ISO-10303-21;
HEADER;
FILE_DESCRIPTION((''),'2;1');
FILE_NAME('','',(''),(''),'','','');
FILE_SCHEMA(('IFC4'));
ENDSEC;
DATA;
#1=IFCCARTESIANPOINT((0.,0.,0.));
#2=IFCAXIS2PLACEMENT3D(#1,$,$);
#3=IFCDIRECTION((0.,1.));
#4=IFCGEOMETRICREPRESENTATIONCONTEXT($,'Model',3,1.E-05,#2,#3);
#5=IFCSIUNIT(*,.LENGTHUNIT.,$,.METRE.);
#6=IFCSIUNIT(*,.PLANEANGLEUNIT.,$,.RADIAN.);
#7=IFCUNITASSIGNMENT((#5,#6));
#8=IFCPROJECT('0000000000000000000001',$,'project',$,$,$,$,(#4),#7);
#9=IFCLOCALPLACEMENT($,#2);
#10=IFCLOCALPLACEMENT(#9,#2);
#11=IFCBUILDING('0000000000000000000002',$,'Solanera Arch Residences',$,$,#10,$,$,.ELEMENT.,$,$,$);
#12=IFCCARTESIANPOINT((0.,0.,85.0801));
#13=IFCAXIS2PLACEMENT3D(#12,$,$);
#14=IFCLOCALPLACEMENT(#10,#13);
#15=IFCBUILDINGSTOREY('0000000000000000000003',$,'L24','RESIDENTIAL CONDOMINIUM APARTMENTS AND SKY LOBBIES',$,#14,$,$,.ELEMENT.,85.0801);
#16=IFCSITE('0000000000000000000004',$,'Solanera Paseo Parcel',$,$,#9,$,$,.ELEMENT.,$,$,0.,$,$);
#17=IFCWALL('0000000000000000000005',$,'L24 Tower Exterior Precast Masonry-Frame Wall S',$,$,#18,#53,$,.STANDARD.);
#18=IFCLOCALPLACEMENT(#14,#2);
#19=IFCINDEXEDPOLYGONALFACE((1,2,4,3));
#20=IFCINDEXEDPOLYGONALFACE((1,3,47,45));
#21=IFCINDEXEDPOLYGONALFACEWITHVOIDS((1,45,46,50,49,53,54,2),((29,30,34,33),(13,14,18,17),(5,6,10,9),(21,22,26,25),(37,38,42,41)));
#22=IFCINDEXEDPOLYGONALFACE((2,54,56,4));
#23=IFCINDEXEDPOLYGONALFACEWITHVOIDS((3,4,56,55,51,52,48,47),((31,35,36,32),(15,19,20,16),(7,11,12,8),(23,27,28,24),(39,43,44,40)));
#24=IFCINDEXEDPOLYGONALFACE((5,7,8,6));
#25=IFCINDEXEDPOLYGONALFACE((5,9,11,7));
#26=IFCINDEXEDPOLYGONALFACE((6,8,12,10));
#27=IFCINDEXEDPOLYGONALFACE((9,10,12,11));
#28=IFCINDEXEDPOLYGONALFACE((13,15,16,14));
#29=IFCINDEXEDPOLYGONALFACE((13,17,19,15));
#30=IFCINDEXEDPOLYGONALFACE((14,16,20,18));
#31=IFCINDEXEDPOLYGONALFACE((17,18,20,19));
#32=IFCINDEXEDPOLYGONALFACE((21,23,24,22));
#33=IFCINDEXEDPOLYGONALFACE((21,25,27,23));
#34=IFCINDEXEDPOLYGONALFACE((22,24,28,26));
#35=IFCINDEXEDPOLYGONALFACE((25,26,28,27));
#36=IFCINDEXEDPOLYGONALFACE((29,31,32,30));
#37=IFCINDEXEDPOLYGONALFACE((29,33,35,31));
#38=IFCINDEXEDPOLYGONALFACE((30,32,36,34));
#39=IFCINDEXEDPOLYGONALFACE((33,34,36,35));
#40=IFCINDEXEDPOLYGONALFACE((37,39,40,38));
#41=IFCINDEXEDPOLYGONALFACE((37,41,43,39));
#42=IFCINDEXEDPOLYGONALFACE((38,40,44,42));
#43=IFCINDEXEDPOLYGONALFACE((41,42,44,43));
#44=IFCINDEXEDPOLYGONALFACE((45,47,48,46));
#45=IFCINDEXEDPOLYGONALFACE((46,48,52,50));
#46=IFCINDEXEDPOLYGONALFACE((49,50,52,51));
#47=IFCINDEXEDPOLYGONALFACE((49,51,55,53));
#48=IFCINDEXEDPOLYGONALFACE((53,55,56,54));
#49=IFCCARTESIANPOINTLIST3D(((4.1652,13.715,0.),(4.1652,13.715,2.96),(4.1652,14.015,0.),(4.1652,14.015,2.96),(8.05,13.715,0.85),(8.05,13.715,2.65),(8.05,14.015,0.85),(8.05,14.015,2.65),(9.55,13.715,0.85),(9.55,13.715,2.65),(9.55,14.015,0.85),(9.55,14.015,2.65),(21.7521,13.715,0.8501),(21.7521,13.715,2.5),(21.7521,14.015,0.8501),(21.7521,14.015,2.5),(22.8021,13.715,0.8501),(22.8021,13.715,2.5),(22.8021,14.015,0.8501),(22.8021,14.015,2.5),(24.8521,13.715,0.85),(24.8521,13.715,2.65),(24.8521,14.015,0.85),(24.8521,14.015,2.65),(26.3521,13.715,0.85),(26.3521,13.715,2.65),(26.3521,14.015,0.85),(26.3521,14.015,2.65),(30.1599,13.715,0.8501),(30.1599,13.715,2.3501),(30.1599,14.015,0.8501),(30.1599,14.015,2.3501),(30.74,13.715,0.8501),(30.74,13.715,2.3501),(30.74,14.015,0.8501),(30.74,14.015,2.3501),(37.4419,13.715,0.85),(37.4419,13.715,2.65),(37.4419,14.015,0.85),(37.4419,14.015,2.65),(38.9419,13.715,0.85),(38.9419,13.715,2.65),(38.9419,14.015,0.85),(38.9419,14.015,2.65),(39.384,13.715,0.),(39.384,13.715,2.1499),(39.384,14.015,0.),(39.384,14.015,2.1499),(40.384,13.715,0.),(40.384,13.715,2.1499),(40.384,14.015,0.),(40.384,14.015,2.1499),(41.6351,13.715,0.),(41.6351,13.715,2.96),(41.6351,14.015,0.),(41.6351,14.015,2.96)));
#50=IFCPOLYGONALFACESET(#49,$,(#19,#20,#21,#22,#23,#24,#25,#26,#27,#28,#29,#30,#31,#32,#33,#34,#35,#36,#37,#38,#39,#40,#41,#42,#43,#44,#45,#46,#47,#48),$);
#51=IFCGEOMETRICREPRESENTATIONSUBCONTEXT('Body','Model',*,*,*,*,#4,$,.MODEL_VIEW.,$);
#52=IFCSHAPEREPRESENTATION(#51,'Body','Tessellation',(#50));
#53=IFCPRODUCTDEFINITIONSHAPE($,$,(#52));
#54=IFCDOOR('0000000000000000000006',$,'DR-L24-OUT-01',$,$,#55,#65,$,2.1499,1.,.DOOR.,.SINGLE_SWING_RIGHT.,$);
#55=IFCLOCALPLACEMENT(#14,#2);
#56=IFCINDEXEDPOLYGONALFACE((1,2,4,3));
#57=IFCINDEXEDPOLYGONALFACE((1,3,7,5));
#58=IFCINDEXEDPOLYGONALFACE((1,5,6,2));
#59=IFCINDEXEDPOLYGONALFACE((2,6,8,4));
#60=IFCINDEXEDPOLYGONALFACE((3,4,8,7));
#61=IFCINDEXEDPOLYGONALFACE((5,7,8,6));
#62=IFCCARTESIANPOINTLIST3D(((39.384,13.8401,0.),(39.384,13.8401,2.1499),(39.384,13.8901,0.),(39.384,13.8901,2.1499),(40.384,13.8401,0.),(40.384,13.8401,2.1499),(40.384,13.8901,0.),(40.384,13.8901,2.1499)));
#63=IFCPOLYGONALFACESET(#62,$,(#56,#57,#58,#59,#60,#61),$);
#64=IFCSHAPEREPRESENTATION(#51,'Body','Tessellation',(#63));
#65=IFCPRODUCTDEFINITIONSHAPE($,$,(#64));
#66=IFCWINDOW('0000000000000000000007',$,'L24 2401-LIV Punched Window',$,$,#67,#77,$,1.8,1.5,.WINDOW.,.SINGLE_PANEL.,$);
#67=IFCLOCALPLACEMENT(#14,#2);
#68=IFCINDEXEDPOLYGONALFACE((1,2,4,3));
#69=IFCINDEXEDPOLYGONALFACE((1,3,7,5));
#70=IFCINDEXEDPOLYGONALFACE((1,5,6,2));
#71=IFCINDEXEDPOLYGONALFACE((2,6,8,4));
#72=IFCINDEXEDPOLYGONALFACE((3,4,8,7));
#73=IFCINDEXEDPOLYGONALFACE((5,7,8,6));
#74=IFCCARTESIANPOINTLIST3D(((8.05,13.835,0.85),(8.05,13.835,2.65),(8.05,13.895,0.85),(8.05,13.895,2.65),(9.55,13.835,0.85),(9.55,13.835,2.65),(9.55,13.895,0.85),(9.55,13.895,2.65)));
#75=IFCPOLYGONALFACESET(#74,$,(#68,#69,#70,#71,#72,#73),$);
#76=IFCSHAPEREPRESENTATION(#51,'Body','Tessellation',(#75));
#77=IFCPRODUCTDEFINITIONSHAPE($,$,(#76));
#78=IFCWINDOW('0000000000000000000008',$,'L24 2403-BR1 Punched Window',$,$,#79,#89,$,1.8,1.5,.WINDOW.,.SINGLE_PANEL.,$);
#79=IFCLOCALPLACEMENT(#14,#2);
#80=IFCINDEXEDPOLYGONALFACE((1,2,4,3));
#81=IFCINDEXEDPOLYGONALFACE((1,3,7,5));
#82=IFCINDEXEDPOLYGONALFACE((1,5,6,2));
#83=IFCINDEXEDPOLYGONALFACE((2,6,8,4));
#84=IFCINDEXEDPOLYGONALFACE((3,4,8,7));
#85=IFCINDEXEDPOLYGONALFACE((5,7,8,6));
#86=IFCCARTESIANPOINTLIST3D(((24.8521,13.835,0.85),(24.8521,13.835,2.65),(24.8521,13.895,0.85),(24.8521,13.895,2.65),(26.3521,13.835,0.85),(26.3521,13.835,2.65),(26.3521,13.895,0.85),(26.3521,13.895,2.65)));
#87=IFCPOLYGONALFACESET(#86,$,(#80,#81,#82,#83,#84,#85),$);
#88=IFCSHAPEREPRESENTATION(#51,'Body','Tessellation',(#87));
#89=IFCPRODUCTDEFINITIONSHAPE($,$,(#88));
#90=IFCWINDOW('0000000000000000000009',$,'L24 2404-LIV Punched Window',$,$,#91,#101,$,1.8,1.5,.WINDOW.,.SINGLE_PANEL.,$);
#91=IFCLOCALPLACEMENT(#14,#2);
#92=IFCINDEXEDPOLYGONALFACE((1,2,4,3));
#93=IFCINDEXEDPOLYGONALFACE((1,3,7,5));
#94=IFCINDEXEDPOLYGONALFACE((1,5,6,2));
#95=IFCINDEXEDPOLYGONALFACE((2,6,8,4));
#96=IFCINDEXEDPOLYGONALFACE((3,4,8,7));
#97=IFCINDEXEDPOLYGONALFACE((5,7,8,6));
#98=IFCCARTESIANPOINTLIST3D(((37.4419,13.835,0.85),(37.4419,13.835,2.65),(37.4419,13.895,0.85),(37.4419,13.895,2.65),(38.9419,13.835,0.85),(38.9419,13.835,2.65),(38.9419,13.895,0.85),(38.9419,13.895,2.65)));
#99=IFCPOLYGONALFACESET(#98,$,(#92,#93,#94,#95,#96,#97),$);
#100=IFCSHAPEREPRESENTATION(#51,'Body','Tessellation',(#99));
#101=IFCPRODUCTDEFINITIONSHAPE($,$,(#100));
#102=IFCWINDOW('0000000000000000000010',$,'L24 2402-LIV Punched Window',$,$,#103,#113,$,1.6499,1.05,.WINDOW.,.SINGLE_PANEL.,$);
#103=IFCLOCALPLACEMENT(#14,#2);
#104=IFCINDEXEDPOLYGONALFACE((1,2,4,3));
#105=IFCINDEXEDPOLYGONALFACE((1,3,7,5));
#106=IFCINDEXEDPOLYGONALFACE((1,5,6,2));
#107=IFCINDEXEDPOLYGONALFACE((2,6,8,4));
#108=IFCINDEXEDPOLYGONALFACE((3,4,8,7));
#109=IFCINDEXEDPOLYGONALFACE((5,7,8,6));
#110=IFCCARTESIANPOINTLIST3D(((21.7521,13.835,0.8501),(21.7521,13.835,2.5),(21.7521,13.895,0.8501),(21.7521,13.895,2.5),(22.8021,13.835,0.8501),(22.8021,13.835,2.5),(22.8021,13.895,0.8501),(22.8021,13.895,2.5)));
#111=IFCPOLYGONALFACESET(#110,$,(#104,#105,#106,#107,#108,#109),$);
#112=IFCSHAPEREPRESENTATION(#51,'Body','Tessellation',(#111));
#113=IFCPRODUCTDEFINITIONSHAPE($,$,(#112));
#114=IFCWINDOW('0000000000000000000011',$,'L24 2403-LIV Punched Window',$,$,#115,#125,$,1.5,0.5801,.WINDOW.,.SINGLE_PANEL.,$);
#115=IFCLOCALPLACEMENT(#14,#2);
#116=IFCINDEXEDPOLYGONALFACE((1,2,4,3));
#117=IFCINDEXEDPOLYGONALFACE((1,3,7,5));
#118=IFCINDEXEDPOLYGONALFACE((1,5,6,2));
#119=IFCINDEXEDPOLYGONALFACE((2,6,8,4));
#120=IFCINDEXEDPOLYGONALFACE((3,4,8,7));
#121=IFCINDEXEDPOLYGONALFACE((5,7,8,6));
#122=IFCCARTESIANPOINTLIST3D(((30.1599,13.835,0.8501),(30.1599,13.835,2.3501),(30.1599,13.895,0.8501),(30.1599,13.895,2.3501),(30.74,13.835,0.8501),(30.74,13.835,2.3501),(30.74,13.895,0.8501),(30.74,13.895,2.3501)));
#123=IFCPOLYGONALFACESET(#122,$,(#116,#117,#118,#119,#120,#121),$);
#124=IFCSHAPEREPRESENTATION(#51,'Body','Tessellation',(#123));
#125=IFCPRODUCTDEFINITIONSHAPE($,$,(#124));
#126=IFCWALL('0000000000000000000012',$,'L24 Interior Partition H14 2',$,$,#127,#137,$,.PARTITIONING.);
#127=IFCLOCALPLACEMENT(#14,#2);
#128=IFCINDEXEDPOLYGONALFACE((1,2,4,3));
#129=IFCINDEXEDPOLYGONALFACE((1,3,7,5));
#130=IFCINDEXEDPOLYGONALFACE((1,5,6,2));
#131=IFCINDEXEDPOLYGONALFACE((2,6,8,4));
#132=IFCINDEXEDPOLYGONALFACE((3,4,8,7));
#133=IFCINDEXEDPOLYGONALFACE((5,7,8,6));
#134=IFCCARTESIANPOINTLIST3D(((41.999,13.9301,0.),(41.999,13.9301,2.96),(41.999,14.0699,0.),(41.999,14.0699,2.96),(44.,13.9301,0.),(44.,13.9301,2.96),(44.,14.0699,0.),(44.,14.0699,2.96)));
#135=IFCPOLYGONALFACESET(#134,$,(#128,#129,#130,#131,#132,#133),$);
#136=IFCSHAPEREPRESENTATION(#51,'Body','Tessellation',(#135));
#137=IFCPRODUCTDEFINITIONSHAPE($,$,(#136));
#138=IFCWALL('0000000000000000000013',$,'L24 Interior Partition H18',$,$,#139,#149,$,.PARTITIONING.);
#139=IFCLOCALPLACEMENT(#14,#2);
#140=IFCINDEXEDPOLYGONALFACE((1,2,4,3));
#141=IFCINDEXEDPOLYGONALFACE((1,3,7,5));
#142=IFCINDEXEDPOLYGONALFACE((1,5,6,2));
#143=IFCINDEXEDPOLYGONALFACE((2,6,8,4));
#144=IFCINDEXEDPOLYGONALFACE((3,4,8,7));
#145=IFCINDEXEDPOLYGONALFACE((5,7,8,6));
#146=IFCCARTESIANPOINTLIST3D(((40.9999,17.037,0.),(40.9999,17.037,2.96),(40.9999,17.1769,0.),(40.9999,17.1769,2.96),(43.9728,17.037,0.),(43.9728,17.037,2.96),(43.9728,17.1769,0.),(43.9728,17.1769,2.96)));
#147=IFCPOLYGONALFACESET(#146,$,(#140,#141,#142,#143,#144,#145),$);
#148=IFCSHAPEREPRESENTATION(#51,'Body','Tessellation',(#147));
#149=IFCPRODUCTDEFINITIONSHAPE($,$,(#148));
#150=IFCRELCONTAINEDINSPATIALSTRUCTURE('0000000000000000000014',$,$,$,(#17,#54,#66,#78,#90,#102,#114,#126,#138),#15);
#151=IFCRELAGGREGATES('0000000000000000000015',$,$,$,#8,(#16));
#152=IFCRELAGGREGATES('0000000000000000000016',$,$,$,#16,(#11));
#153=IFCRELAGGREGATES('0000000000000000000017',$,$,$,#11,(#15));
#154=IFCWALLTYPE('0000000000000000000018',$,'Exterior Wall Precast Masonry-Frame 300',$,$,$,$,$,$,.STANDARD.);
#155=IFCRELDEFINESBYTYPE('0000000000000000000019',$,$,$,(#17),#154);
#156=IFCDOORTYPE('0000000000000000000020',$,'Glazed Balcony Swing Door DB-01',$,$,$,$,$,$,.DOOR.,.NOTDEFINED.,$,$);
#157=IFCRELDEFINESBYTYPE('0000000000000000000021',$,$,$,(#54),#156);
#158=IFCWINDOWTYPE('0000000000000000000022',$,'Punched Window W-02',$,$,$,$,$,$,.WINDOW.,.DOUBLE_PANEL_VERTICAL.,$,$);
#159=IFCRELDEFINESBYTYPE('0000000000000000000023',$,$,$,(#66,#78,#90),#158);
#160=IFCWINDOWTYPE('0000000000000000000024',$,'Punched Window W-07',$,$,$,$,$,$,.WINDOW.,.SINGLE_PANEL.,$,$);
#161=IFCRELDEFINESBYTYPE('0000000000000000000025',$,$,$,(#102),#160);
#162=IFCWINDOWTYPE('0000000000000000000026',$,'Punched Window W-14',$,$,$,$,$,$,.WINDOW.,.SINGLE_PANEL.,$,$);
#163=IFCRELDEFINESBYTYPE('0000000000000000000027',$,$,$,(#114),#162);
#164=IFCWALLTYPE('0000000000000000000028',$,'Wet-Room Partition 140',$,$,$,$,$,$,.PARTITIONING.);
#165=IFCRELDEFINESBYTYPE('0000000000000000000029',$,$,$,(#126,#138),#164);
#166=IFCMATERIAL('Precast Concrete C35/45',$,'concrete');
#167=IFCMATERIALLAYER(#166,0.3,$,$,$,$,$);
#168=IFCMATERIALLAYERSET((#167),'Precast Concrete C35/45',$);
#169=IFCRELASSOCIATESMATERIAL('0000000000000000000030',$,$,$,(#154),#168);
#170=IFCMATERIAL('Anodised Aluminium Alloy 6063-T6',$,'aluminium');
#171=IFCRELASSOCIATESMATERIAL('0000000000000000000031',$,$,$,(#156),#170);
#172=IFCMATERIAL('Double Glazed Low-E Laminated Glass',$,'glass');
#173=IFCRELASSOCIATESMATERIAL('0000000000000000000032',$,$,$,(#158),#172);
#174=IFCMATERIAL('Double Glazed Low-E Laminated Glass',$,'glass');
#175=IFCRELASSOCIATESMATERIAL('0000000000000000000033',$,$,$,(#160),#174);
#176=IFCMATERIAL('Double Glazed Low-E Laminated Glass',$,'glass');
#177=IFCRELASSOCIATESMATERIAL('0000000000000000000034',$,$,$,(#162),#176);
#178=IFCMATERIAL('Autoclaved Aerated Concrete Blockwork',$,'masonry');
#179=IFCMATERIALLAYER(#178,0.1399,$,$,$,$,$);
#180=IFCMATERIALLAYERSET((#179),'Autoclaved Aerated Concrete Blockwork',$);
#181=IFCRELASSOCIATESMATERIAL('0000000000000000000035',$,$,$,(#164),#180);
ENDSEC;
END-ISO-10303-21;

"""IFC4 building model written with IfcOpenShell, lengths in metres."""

from ifc_helpers import new_model, si_unit, direction, frame, frame_2d, origin, place, context, subcontext, project, spatial, rectangle, extrude, material, layer, layer_set, type_object, element, fill, save


model = new_model("IFC4")

# Units and contexts
model_context = context("Model", 3, precision=1e-05, world=origin(), true_north=direction((0.0, 1.0)))
body_context = subcontext(model_context, "Body", "Model", "MODEL_VIEW")
ifc_project = project(units=[si_unit("LENGTHUNIT", "METRE"), si_unit("PLANEANGLEUNIT", "RADIAN")], contexts=[model_context])

# Site, building, storey
site_placement = place(None, origin())
site = spatial("IfcSite", under=ifc_project, at=site_placement, Name="Solanera Paseo Parcel", CompositionType="ELEMENT", RefElevation=0.0)
building_placement = place(site_placement, origin())
building = spatial("IfcBuilding", under=site, at=building_placement, Name="Solanera Arch Residences", CompositionType="ELEMENT")
storey_placement = place(building_placement, frame((0.0, 0.0, 85.0801)))
storey = spatial("IfcBuildingStorey", under=building, at=storey_placement, Name="L24", Description="RESIDENTIAL CONDOMINIUM APARTMENTS AND SKY LOBBIES", CompositionType="ELEMENT", Elevation=85.0801)

# Shared definitions
ifc_material_1 = material(Name="Precast Concrete C35/45", Category="concrete")
ifc_layer_1 = layer(ifc_material_1, 0.3)
ifc_layer_set_1 = layer_set([ifc_layer_1], Name="Precast Concrete C35/45")
wall_type_1 = type_object("IfcWallType", Name="Exterior Wall Precast Masonry-Frame 300", PredefinedType="STANDARD", material=ifc_layer_set_1)

# Wall, openings, door, windows
wall_1_placement = place(storey_placement, frame((41.635, 13.865, 0.0), z_axis=(0.0, 0.0, 1.0), x_axis=(-1.0, 0.0, 0.0)))
wall_1 = element("IfcWall", 1, at=wall_1_placement, inside=storey, type_object=wall_type_1, Name="L24 Tower Exterior Precast Masonry-Frame Wall S", PredefinedType="STANDARD", context=body_context, shape_type="SweptSolid", body=[
    extrude(rectangle(XDim=37.47, YDim=0.3, at=frame_2d((18.7349, 0.0))), origin(), (0.0, 0.0, 1.0), 2.96),
])
opening_1_placement = place(wall_1_placement, frame((1.251, 0.0, 0.0)))
opening_1 = element("IfcOpeningElement", 2, at=opening_1_placement, cuts=wall_1, PredefinedType="OPENING", context=body_context, shape_type="SweptSolid", body=[
    extrude(rectangle(XDim=1.0, YDim=2.1499, at=frame_2d((0.5, 1.075))), frame((0.0, 0.1599, 0.0), z_axis=(0.0, -1.0, 0.0), x_axis=(1.0, 0.0, 0.0)), (0.0, 0.0, 1.0), 0.32),
])
opening_2_placement = place(wall_1_placement, frame((32.085, 0.0, 0.8501)))
opening_2 = element("IfcOpeningElement", 3, at=opening_2_placement, cuts=wall_1, PredefinedType="OPENING", context=body_context, shape_type="SweptSolid", body=[
    extrude(rectangle(XDim=1.5, YDim=1.8, at=frame_2d((0.75, 0.8999))), frame((0.0, 0.1599, 0.0), z_axis=(0.0, -1.0, 0.0), x_axis=(1.0, 0.0, 0.0)), (0.0, 0.0, 1.0), 0.32),
])
opening_3_placement = place(wall_1_placement, frame((18.833, 0.0, 0.8501)))
opening_3 = element("IfcOpeningElement", 4, at=opening_3_placement, cuts=wall_1, PredefinedType="OPENING", context=body_context, shape_type="SweptSolid", body=[
    extrude(rectangle(XDim=1.05, YDim=1.6499, at=frame_2d((0.5249, 0.825))), frame((0.0, 0.1599, 0.0), z_axis=(0.0, -1.0, 0.0), x_axis=(1.0, 0.0, 0.0)), (0.0, 0.0, 1.0), 0.32),
])
opening_4_placement = place(wall_1_placement, frame((10.895, 0.0, 0.8501)))
opening_4 = element("IfcOpeningElement", 5, at=opening_4_placement, cuts=wall_1, PredefinedType="OPENING", context=body_context, shape_type="SweptSolid", body=[
    extrude(rectangle(XDim=0.5801, YDim=1.5, at=frame_2d((0.29, 0.75))), frame((0.0, 0.1599, 0.0), z_axis=(0.0, -1.0, 0.0), x_axis=(1.0, 0.0, 0.0)), (0.0, 0.0, 1.0), 0.32),
])
opening_5_placement = place(wall_1_placement, frame((15.283, 0.0, 0.8501)))
opening_5 = element("IfcOpeningElement", 6, at=opening_5_placement, cuts=wall_1, PredefinedType="OPENING", context=body_context, shape_type="SweptSolid", body=[
    extrude(rectangle(XDim=1.5, YDim=1.8, at=frame_2d((0.75, 0.8999))), frame((0.0, 0.1599, 0.0), z_axis=(0.0, -1.0, 0.0), x_axis=(1.0, 0.0, 0.0)), (0.0, 0.0, 1.0), 0.32),
])
opening_6_placement = place(wall_1_placement, frame((2.6931, 0.0, 0.8501)))
opening_6 = element("IfcOpeningElement", 7, at=opening_6_placement, cuts=wall_1, PredefinedType="OPENING", context=body_context, shape_type="SweptSolid", body=[
    extrude(rectangle(XDim=1.5, YDim=1.8, at=frame_2d((0.75, 0.8999))), frame((0.0, 0.1599, 0.0), z_axis=(0.0, -1.0, 0.0), x_axis=(1.0, 0.0, 0.0)), (0.0, 0.0, 1.0), 0.32),
])
ifc_material_2 = material(Name="Anodised Aluminium Alloy 6063-T6", Category="aluminium")
door_type_1 = type_object("IfcDoorType", Name="Glazed Balcony Swing Door DB-01", OperationType="NOTDEFINED", PredefinedType="DOOR", material=ifc_material_2)
door_1_placement = place(opening_1_placement, origin())
door_1 = element("IfcDoor", 8, at=door_1_placement, inside=storey, type_object=door_type_1, Name="DR-L24-OUT-01", OperationType="SINGLE_SWING_RIGHT", OverallHeight=2.1499, OverallWidth=1.0, PredefinedType="DOOR", context=body_context, shape_type="SweptSolid", body=[
    extrude(rectangle(XDim=1.0, YDim=2.1499, at=frame_2d((0.5, 1.075))), frame((0.0, 0.0249, 0.0), z_axis=(0.0, -1.0, 0.0), x_axis=(1.0, 0.0, 0.0)), (0.0, 0.0, 1.0), 0.05),
])
fill(opening_1, door_1)
ifc_material_3 = material(Name="Double Glazed Low-E Laminated Glass", Category="glass")
window_type_1 = type_object("IfcWindowType", Name="Punched Window W-02", PartitioningType="DOUBLE_PANEL_VERTICAL", PredefinedType="WINDOW", material=ifc_material_3)
window_1_placement = place(opening_2_placement, origin())
window_1 = element("IfcWindow", 9, at=window_1_placement, inside=storey, type_object=window_type_1, Name="L24 2401-LIV Punched Window", OverallHeight=1.8, OverallWidth=1.5, PartitioningType="SINGLE_PANEL", PredefinedType="WINDOW", context=body_context, shape_type="SweptSolid", body=[
    extrude(rectangle(XDim=1.5, YDim=1.8, at=frame_2d((0.75, 0.8999))), frame((0.0, 0.03, 0.0), z_axis=(0.0, -1.0, 0.0), x_axis=(1.0, 0.0, 0.0)), (0.0, 0.0, 1.0), 0.0601),
])
fill(opening_2, window_1)
window_2_placement = place(opening_5_placement, origin())
window_2 = element("IfcWindow", 10, at=window_2_placement, inside=storey, type_object=window_type_1, Name="L24 2403-BR1 Punched Window", OverallHeight=1.8, OverallWidth=1.5, PartitioningType="SINGLE_PANEL", PredefinedType="WINDOW", context=body_context, shape_type="SweptSolid", body=[
    extrude(rectangle(XDim=1.5, YDim=1.8, at=frame_2d((0.75, 0.8999))), frame((0.0, 0.03, 0.0), z_axis=(0.0, -1.0, 0.0), x_axis=(1.0, 0.0, 0.0)), (0.0, 0.0, 1.0), 0.0601),
])
fill(opening_5, window_2)
window_3_placement = place(opening_6_placement, origin())
window_3 = element("IfcWindow", 11, at=window_3_placement, inside=storey, type_object=window_type_1, Name="L24 2404-LIV Punched Window", OverallHeight=1.8, OverallWidth=1.5, PartitioningType="SINGLE_PANEL", PredefinedType="WINDOW", context=body_context, shape_type="SweptSolid", body=[
    extrude(rectangle(XDim=1.5, YDim=1.8, at=frame_2d((0.75, 0.8999))), frame((0.0, 0.03, 0.0), z_axis=(0.0, -1.0, 0.0), x_axis=(1.0, 0.0, 0.0)), (0.0, 0.0, 1.0), 0.0601),
])
fill(opening_6, window_3)
ifc_material_4 = material(Name="Double Glazed Low-E Laminated Glass", Category="glass")
window_type_2 = type_object("IfcWindowType", Name="Punched Window W-07", PartitioningType="SINGLE_PANEL", PredefinedType="WINDOW", material=ifc_material_4)
window_4_placement = place(opening_3_placement, origin())
window_4 = element("IfcWindow", 12, at=window_4_placement, inside=storey, type_object=window_type_2, Name="L24 2402-LIV Punched Window", OverallHeight=1.6499, OverallWidth=1.05, PartitioningType="SINGLE_PANEL", PredefinedType="WINDOW", context=body_context, shape_type="SweptSolid", body=[
    extrude(rectangle(XDim=1.05, YDim=1.6499, at=frame_2d((0.5249, 0.825))), frame((0.0, 0.03, 0.0), z_axis=(0.0, -1.0, 0.0), x_axis=(1.0, 0.0, 0.0)), (0.0, 0.0, 1.0), 0.0601),
])
fill(opening_3, window_4)
ifc_material_5 = material(Name="Double Glazed Low-E Laminated Glass", Category="glass")
window_type_3 = type_object("IfcWindowType", Name="Punched Window W-14", PartitioningType="SINGLE_PANEL", PredefinedType="WINDOW", material=ifc_material_5)
window_5_placement = place(opening_4_placement, origin())
window_5 = element("IfcWindow", 13, at=window_5_placement, inside=storey, type_object=window_type_3, Name="L24 2403-LIV Punched Window", OverallHeight=1.5, OverallWidth=0.5801, PartitioningType="SINGLE_PANEL", PredefinedType="WINDOW", context=body_context, shape_type="SweptSolid", body=[
    extrude(rectangle(XDim=0.5801, YDim=1.5, at=frame_2d((0.29, 0.75))), frame((0.0, 0.03, 0.0), z_axis=(0.0, -1.0, 0.0), x_axis=(1.0, 0.0, 0.0)), (0.0, 0.0, 1.0), 0.0601),
])
fill(opening_4, window_5)

# Walls
ifc_material_6 = material(Name="Autoclaved Aerated Concrete Blockwork", Category="masonry")
ifc_layer_2 = layer(ifc_material_6, 0.1399)
ifc_layer_set_2 = layer_set([ifc_layer_2], Name="Autoclaved Aerated Concrete Blockwork")
wall_type_2 = type_object("IfcWallType", Name="Wet-Room Partition 140", PredefinedType="PARTITIONING", material=ifc_layer_set_2)
wall_2_placement = place(storey_placement, frame((41.999, 14.0, 0.0), z_axis=(0.0, 0.0, 1.0), x_axis=(1.0, 0.0, 0.0)))
element("IfcWall", 14, at=wall_2_placement, inside=storey, type_object=wall_type_2, Name="L24 Interior Partition H14 2", PredefinedType="PARTITIONING", context=body_context, shape_type="SweptSolid", body=[
    extrude(rectangle(XDim=2.001, YDim=0.1399, at=frame_2d((1.0005, 0.0))), origin(), (0.0, 0.0, 1.0), 2.96),
])
wall_3_placement = place(storey_placement, frame((41.0, 17.1069, 0.0), z_axis=(0.0, 0.0, 1.0), x_axis=(1.0, 0.0, 0.0)))
element("IfcWall", 15, at=wall_3_placement, inside=storey, type_object=wall_type_2, Name="L24 Interior Partition H18", PredefinedType="PARTITIONING", context=body_context, shape_type="SweptSolid", body=[
    extrude(rectangle(XDim=2.9729, YDim=0.1399, at=frame_2d((1.4863, 0.0))), origin(), (0.0, 0.0, 1.0), 2.96),
])

save(model, "model.ifc")
